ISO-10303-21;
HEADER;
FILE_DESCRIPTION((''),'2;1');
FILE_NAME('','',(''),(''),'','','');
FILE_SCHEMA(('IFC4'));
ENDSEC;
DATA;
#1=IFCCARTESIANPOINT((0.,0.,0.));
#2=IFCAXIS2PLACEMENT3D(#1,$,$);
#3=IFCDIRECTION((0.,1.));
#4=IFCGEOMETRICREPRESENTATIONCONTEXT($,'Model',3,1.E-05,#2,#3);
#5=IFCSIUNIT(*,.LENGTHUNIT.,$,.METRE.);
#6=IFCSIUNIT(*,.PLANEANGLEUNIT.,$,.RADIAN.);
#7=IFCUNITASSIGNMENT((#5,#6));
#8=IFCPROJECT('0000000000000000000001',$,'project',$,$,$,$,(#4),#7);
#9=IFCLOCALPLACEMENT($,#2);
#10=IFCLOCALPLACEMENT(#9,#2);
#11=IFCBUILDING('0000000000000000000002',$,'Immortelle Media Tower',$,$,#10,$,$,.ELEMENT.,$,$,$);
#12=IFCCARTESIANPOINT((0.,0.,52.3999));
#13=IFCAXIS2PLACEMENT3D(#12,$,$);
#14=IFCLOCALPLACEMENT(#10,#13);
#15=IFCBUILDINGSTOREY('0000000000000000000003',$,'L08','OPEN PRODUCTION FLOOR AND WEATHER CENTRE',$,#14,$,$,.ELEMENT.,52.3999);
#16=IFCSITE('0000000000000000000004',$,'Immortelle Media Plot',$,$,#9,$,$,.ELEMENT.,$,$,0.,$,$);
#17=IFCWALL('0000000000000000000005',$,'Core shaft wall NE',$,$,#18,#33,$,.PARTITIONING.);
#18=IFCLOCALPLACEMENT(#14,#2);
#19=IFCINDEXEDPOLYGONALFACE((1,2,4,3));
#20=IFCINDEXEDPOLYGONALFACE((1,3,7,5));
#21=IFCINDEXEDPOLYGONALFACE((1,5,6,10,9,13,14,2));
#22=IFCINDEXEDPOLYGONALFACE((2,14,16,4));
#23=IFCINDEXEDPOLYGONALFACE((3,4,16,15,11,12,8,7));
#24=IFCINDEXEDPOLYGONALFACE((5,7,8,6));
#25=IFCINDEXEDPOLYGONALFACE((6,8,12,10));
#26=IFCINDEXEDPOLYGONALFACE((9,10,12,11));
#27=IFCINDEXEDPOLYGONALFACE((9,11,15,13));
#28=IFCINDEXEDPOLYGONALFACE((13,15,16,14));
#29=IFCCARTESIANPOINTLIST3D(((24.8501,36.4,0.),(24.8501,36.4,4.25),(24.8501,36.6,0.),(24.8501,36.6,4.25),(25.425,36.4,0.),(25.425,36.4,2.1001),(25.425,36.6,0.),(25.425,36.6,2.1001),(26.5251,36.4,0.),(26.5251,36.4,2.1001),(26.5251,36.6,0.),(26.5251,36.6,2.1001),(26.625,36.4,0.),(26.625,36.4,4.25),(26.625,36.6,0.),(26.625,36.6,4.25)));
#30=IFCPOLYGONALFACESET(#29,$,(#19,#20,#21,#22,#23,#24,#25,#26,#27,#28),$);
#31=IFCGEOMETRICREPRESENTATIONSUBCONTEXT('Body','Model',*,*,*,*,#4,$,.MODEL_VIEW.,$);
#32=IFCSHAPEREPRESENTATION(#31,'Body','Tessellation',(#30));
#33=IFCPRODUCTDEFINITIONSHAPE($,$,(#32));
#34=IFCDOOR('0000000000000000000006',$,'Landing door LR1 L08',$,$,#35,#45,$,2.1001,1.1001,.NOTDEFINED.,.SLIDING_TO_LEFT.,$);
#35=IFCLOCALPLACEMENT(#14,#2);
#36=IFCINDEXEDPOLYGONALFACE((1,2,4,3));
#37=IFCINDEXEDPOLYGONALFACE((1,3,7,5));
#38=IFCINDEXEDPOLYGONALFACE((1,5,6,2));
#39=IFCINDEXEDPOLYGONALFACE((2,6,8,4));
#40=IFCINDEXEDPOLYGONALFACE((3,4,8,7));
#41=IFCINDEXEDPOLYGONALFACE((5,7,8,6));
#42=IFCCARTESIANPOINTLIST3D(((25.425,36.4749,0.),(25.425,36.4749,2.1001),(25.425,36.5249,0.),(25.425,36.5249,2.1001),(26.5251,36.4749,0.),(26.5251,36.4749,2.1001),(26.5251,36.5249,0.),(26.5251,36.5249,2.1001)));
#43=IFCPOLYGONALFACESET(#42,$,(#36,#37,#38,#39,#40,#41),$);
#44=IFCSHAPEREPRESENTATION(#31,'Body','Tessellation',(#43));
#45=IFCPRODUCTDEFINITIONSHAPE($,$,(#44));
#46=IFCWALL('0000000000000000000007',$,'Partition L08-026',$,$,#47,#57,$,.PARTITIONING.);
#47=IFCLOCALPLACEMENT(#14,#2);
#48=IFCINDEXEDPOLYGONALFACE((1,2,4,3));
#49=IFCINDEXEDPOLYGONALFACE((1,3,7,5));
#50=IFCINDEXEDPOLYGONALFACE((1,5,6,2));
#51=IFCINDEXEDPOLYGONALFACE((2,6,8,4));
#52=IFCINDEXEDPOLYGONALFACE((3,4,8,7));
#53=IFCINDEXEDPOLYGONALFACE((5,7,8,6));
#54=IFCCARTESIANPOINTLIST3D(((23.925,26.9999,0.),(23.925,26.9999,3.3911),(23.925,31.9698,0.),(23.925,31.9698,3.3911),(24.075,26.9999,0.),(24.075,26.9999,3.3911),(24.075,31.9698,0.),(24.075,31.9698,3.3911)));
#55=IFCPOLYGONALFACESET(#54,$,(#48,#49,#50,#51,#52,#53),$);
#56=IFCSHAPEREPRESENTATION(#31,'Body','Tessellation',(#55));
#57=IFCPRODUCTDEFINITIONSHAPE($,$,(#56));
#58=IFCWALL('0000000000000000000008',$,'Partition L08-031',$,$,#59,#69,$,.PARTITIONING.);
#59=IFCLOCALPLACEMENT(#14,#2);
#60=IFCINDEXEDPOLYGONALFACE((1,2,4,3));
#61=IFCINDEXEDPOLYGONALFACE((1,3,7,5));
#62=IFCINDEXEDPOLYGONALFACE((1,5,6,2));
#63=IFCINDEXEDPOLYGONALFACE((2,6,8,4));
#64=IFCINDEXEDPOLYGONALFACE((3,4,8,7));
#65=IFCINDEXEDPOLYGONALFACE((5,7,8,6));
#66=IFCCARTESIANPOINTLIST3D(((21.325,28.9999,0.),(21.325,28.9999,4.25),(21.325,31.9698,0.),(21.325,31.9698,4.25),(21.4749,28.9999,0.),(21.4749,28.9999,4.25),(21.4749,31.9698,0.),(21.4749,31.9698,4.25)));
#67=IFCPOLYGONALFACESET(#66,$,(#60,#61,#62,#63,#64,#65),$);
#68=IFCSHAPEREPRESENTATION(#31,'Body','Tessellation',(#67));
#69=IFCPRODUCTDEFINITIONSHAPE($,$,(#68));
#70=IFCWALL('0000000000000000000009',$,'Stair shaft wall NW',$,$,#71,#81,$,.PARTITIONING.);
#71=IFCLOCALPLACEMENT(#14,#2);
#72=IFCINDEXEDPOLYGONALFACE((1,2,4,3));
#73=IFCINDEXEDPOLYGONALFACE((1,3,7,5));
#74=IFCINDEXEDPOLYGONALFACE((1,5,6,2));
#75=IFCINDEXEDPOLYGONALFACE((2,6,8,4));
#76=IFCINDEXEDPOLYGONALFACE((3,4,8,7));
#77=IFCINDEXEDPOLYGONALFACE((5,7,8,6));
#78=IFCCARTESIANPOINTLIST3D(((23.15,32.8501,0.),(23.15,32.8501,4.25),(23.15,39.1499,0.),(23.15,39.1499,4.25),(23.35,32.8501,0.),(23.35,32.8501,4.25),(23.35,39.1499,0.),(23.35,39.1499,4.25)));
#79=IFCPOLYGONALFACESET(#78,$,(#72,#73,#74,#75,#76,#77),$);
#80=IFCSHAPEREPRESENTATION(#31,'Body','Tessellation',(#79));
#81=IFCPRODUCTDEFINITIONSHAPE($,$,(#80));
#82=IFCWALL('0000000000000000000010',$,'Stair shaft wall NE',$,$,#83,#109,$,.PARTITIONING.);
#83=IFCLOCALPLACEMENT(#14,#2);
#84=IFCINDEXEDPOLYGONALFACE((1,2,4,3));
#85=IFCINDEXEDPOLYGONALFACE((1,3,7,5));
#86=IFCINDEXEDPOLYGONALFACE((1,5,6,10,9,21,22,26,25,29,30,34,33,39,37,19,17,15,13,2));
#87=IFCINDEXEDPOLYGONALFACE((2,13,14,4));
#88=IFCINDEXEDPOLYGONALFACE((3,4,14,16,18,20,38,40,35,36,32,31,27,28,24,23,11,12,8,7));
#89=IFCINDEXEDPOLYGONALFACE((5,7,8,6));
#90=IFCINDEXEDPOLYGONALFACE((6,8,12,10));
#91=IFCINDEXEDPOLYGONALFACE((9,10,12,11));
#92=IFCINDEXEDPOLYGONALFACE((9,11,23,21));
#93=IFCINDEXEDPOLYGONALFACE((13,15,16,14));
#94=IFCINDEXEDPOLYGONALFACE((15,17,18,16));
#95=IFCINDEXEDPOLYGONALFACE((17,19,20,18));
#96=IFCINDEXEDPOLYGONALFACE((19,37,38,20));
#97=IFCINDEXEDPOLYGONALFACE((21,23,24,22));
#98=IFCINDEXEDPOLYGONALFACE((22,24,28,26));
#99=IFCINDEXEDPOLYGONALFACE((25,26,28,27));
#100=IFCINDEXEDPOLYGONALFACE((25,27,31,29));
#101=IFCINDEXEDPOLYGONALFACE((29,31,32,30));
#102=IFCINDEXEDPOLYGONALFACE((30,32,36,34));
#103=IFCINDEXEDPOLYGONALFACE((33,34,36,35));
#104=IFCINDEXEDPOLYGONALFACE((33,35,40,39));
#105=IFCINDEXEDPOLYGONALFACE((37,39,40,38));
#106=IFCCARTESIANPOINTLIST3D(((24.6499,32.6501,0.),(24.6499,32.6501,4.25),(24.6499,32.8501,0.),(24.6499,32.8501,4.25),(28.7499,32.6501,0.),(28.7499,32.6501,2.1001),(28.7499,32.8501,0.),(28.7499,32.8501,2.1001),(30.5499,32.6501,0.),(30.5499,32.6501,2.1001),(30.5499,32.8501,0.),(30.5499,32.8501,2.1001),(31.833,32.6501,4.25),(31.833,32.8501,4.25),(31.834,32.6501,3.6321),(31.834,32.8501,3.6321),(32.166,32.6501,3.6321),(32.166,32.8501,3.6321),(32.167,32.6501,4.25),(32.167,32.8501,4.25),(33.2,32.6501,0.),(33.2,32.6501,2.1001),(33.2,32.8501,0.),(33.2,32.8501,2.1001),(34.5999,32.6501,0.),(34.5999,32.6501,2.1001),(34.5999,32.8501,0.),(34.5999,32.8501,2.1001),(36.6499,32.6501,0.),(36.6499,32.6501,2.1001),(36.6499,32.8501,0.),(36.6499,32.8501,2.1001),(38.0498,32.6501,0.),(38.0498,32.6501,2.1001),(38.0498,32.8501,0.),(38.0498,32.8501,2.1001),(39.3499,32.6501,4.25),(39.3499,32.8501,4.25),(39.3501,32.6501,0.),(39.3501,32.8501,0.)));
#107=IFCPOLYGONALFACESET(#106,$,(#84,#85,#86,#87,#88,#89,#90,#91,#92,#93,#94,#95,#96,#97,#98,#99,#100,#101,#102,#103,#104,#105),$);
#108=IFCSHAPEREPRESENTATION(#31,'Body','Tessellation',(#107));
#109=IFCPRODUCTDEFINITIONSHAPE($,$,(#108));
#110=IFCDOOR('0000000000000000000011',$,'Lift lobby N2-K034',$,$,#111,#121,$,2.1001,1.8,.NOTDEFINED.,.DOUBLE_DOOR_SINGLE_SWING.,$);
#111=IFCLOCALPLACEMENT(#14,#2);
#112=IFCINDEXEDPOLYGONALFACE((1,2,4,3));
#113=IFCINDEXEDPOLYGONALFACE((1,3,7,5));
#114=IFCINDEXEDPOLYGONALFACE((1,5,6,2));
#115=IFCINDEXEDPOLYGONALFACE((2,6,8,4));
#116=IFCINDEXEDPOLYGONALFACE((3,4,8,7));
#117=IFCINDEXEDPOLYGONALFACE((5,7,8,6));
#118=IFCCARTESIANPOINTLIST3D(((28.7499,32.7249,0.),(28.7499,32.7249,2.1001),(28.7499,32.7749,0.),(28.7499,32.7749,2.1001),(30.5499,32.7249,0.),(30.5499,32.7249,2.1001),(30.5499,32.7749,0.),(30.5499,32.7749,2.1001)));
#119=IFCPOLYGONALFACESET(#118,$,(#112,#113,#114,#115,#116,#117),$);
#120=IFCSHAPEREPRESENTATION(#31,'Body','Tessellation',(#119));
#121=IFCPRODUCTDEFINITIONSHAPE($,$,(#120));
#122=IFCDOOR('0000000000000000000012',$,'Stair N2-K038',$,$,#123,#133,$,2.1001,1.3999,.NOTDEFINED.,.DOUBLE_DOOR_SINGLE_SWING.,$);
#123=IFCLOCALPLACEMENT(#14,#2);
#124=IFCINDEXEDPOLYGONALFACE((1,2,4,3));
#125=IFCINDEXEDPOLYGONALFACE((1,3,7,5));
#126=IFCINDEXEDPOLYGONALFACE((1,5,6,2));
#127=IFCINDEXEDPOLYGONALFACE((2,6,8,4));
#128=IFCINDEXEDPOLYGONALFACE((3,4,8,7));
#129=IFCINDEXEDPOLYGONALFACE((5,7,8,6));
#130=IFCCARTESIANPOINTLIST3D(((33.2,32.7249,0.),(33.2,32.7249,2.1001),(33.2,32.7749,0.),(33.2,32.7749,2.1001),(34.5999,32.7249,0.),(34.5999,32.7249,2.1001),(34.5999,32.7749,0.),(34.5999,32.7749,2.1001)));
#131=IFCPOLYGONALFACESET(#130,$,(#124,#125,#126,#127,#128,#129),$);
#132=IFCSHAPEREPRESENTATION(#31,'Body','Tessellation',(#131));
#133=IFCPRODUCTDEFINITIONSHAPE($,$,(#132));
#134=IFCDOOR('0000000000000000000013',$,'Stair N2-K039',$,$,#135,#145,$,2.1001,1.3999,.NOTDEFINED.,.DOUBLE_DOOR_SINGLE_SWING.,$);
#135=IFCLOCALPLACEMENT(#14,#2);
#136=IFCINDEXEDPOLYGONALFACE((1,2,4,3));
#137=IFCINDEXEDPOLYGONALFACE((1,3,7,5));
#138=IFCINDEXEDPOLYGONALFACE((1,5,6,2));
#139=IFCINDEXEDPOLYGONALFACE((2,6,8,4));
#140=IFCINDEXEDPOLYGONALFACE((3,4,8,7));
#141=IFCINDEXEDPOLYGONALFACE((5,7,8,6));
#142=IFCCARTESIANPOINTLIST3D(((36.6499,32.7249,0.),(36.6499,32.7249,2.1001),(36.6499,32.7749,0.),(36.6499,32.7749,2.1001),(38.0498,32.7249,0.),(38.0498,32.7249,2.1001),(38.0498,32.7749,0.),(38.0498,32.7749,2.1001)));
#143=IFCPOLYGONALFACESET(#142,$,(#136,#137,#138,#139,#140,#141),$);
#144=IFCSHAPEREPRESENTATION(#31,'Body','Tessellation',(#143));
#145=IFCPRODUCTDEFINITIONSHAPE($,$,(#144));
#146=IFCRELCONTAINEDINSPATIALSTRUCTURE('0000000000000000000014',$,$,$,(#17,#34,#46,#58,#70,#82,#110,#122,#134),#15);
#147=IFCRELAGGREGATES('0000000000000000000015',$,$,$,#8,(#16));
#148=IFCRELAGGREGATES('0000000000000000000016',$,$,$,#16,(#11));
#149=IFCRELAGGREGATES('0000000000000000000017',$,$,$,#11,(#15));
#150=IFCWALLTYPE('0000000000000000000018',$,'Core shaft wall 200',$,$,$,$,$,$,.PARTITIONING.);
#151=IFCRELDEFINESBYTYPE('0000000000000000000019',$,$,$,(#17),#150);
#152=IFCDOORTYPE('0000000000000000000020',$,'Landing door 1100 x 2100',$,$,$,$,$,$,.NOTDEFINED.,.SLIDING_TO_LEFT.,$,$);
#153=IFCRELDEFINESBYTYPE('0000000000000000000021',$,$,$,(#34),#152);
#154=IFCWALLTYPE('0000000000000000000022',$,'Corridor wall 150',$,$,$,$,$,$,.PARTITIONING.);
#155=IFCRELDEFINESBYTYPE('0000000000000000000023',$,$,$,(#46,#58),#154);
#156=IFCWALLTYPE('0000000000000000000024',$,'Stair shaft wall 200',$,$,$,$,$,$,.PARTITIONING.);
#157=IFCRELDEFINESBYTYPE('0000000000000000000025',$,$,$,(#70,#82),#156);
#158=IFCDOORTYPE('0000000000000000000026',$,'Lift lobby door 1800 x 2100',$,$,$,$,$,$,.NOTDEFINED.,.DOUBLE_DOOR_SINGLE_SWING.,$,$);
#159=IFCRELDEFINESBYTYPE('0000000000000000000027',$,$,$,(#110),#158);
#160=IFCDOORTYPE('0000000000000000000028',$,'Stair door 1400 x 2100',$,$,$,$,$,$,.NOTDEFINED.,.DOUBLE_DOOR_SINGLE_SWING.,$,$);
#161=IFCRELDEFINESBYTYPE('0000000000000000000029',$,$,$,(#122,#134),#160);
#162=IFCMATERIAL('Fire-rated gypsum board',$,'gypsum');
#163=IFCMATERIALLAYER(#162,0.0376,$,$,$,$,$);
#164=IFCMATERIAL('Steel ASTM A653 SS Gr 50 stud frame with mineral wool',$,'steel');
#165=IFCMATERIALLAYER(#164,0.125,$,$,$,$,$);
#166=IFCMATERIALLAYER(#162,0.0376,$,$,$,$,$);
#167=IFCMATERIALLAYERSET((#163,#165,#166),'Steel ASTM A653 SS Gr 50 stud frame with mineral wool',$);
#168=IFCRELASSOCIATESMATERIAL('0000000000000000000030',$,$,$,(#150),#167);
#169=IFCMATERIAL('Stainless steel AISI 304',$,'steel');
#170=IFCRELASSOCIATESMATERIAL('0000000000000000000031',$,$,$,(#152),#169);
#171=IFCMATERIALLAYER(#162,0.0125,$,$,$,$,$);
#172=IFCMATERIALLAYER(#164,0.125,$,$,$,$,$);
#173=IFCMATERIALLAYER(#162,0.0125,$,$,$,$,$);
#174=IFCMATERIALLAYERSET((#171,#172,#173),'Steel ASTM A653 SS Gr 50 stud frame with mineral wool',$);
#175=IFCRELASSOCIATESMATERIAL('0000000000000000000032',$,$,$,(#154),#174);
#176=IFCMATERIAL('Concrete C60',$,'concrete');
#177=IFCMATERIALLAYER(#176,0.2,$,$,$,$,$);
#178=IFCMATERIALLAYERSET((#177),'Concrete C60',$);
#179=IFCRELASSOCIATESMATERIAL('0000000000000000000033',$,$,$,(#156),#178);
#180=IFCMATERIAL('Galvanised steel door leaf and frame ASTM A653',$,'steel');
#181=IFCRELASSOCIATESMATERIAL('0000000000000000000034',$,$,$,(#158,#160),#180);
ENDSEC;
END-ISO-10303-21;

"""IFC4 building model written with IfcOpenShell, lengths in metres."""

from ifc_helpers import new_model, si_unit, direction, frame, frame_2d, origin, place, context, subcontext, project, spatial, polyline, rectangle, outline, extrude, material, layer, layer_set, type_object, element, fill, save


model = new_model("IFC4")

# Units and contexts
model_context = context("Model", 3, precision=1e-05, world=origin(), true_north=direction((0.0, 1.0)))
body_context = subcontext(model_context, "Body", "Model", "MODEL_VIEW")
ifc_project = project(units=[si_unit("LENGTHUNIT", "METRE"), si_unit("PLANEANGLEUNIT", "RADIAN")], contexts=[model_context])

# Site, building, storey
site_placement = place(None, origin())
site = spatial("IfcSite", under=ifc_project, at=site_placement, Name="Immortelle Media Plot", CompositionType="ELEMENT", RefElevation=0.0)
building_placement = place(site_placement, origin())
building = spatial("IfcBuilding", under=site, at=building_placement, Name="Immortelle Media Tower", CompositionType="ELEMENT")
storey_placement = place(building_placement, frame((0.0, 0.0, 52.3999)))
storey = spatial("IfcBuildingStorey", under=building, at=storey_placement, Name="L08", Description="OPEN PRODUCTION FLOOR AND WEATHER CENTRE", CompositionType="ELEMENT", Elevation=52.3999)

# Shared definitions
ifc_material_1 = material(Name="Fire-rated gypsum board", Category="gypsum")
ifc_material_2 = material(Name="Steel ASTM A653 SS Gr 50 stud frame with mineral wool", Category="steel")
ifc_layer_1 = layer(ifc_material_1, 0.0376)
ifc_layer_2 = layer(ifc_material_2, 0.125)
ifc_layer_3 = layer(ifc_material_1, 0.0376)
ifc_layer_set_1 = layer_set([ifc_layer_1, ifc_layer_2, ifc_layer_3], Name="Steel ASTM A653 SS Gr 50 stud frame with mineral wool")
wall_type_1 = type_object("IfcWallType", Name="Core shaft wall 200", PredefinedType="PARTITIONING", material=ifc_layer_set_1)

# Wall, opening, door
wall_1_placement = place(storey_placement, frame((24.8501, 36.5, 0.0), z_axis=(0.0, 0.0, 1.0), x_axis=(1.0, 0.0, 0.0)))
wall_1 = element("IfcWall", 1, at=wall_1_placement, inside=storey, type_object=wall_type_1, Name="Core shaft wall NE", PredefinedType="PARTITIONING", context=body_context, shape_type="SweptSolid", body=[
    extrude(rectangle(XDim=1.7749, YDim=0.2, at=frame_2d((0.8875, 0.0))), origin(), (0.0, 0.0, 1.0), 4.25),
])
opening_1_placement = place(wall_1_placement, frame((0.575, 0.0, 0.0)))
opening_1 = element("IfcOpeningElement", 2, at=opening_1_placement, cuts=wall_1, PredefinedType="OPENING", context=body_context, shape_type="SweptSolid", body=[
    extrude(rectangle(XDim=1.1001, YDim=2.1001, at=frame_2d((0.55, 1.05))), frame((0.0, 0.1099, 0.0), z_axis=(0.0, -1.0, 0.0), x_axis=(1.0, 0.0, 0.0)), (0.0, 0.0, 1.0), 0.22),
])
ifc_material_3 = material(Name="Stainless steel AISI 304", Category="steel")
door_type_1 = type_object("IfcDoorType", Name="Landing door 1100 x 2100", OperationType="SLIDING_TO_LEFT", PredefinedType="NOTDEFINED", material=ifc_material_3)
door_1_placement = place(opening_1_placement, origin())
door_1 = element("IfcDoor", 3, at=door_1_placement, inside=storey, type_object=door_type_1, Name="Landing door LR1 L08", OperationType="SLIDING_TO_LEFT", OverallHeight=2.1001, OverallWidth=1.1001, PredefinedType="NOTDEFINED", context=body_context, shape_type="SweptSolid", body=[
    extrude(rectangle(XDim=1.1001, YDim=2.1001, at=frame_2d((0.55, 1.05))), frame((0.0, 0.0249, 0.0), z_axis=(0.0, -1.0, 0.0), x_axis=(1.0, 0.0, 0.0)), (0.0, 0.0, 1.0), 0.05),
])
fill(opening_1, door_1)

# Walls
ifc_layer_4 = layer(ifc_material_1, 0.0125)
ifc_layer_5 = layer(ifc_material_2, 0.125)
ifc_layer_6 = layer(ifc_material_1, 0.0125)
ifc_layer_set_2 = layer_set([ifc_layer_4, ifc_layer_5, ifc_layer_6], Name="Steel ASTM A653 SS Gr 50 stud frame with mineral wool")
wall_type_2 = type_object("IfcWallType", Name="Corridor wall 150", PredefinedType="PARTITIONING", material=ifc_layer_set_2)
wall_2_placement = place(storey_placement, frame((24.0, 27.0, 0.0), z_axis=(0.0, 0.0, 1.0), x_axis=(0.0, 1.0, 0.0)))
element("IfcWall", 4, at=wall_2_placement, inside=storey, type_object=wall_type_2, Name="Partition L08-026", PredefinedType="PARTITIONING", context=body_context, shape_type="SweptSolid", body=[
    extrude(rectangle(XDim=4.97, YDim=0.1499, at=frame_2d((2.4849, 0.0))), origin(), (0.0, 0.0, 1.0), 3.3911),
])
wall_3_placement = place(storey_placement, frame((21.3999, 29.0, 0.0), z_axis=(0.0, 0.0, 1.0), x_axis=(0.0, 1.0, 0.0)))
element("IfcWall", 5, at=wall_3_placement, inside=storey, type_object=wall_type_2, Name="Partition L08-031", PredefinedType="PARTITIONING", context=body_context, shape_type="SweptSolid", body=[
    extrude(rectangle(XDim=2.97, YDim=0.1499, at=frame_2d((1.4849, 0.0))), origin(), (0.0, 0.0, 1.0), 4.25),
])
ifc_material_4 = material(Name="Concrete C60", Category="concrete")
ifc_layer_7 = layer(ifc_material_4, 0.2)
ifc_layer_set_3 = layer_set([ifc_layer_7], Name="Concrete C60")
wall_type_3 = type_object("IfcWallType", Name="Stair shaft wall 200", PredefinedType="PARTITIONING", material=ifc_layer_set_3)
wall_4_placement = place(storey_placement, frame((23.25, 32.8501, 0.0), z_axis=(0.0, 0.0, 1.0), x_axis=(0.0, 1.0, 0.0)))
element("IfcWall", 6, at=wall_4_placement, inside=storey, type_object=wall_type_3, Name="Stair shaft wall NW", PredefinedType="PARTITIONING", context=body_context, shape_type="SweptSolid", body=[
    extrude(rectangle(XDim=6.2998, YDim=0.2, at=frame_2d((3.1499, 0.0))), origin(), (0.0, 0.0, 1.0), 4.25),
])

# Wall, openings, doors
wall_5_placement = place(storey_placement, frame((24.6499, 32.75, 0.0), z_axis=(0.0, 0.0, 1.0), x_axis=(1.0, 0.0, 0.0)))
wall_5 = element("IfcWall", 7, at=wall_5_placement, inside=storey, type_object=wall_type_3, Name="Stair shaft wall NE", PredefinedType="PARTITIONING", context=body_context, shape_type="SweptSolid", body=[
    extrude(outline(polyline([(0.0, 0.0), (14.7002, 0.0), (14.7, 4.25), (7.5171, 4.25), (7.5161, 3.6321), (7.1841, 3.6321), (7.1831, 4.25), (0.0, 4.25), (0.0, 0.0)])), frame((0.0, 0.1001, 0.0), z_axis=(0.0, -1.0, 0.0), x_axis=(1.0, 0.0, 0.0)), (0.0, 0.0, 1.0), 0.2),
])
opening_2_placement = place(wall_5_placement, frame((4.1001, 0.0, 0.0)))
opening_2 = element("IfcOpeningElement", 8, at=opening_2_placement, cuts=wall_5, PredefinedType="OPENING", context=body_context, shape_type="SweptSolid", body=[
    extrude(rectangle(XDim=1.8, YDim=2.1001, at=frame_2d((0.8999, 1.05))), frame((0.0, 0.1099, 0.0), z_axis=(0.0, -1.0, 0.0), x_axis=(1.0, 0.0, 0.0)), (0.0, 0.0, 1.0), 0.22),
])
opening_3_placement = place(wall_5_placement, frame((8.55, 0.0, 0.0)))
opening_3 = element("IfcOpeningElement", 9, at=opening_3_placement, cuts=wall_5, PredefinedType="OPENING", context=body_context, shape_type="SweptSolid", body=[
    extrude(rectangle(XDim=1.3999, YDim=2.1001, at=frame_2d((0.7, 1.05))), frame((0.0, 0.1099, 0.0), z_axis=(0.0, -1.0, 0.0), x_axis=(1.0, 0.0, 0.0)), (0.0, 0.0, 1.0), 0.22),
])
opening_4_placement = place(wall_5_placement, frame((12.0, 0.0, 0.0)))
opening_4 = element("IfcOpeningElement", 10, at=opening_4_placement, cuts=wall_5, PredefinedType="OPENING", context=body_context, shape_type="SweptSolid", body=[
    extrude(rectangle(XDim=1.3999, YDim=2.1001, at=frame_2d((0.7, 1.05))), frame((0.0, 0.1099, 0.0), z_axis=(0.0, -1.0, 0.0), x_axis=(1.0, 0.0, 0.0)), (0.0, 0.0, 1.0), 0.22),
])
ifc_material_5 = material(Name="Galvanised steel door leaf and frame ASTM A653", Category="steel")
door_type_2 = type_object("IfcDoorType", Name="Lift lobby door 1800 x 2100", OperationType="DOUBLE_DOOR_SINGLE_SWING", PredefinedType="NOTDEFINED", material=ifc_material_5)
door_2_placement = place(opening_2_placement, origin())
door_2 = element("IfcDoor", 11, at=door_2_placement, inside=storey, type_object=door_type_2, Name="Lift lobby N2-K034", OperationType="DOUBLE_DOOR_SINGLE_SWING", OverallHeight=2.1001, OverallWidth=1.8, PredefinedType="NOTDEFINED", context=body_context, shape_type="SweptSolid", body=[
    extrude(rectangle(XDim=1.8, YDim=2.1001, at=frame_2d((0.8999, 1.05))), frame((0.0, 0.0249, 0.0), z_axis=(0.0, -1.0, 0.0), x_axis=(1.0, 0.0, 0.0)), (0.0, 0.0, 1.0), 0.05),
])
fill(opening_2, door_2)
door_type_3 = type_object("IfcDoorType", Name="Stair door 1400 x 2100", OperationType="DOUBLE_DOOR_SINGLE_SWING", PredefinedType="NOTDEFINED", material=ifc_material_5)
door_3_placement = place(opening_3_placement, origin())
door_3 = element("IfcDoor", 12, at=door_3_placement, inside=storey, type_object=door_type_3, Name="Stair N2-K038", OperationType="DOUBLE_DOOR_SINGLE_SWING", OverallHeight=2.1001, OverallWidth=1.3999, PredefinedType="NOTDEFINED", context=body_context, shape_type="SweptSolid", body=[
    extrude(rectangle(XDim=1.3999, YDim=2.1001, at=frame_2d((0.7, 1.05))), frame((0.0, 0.0249, 0.0), z_axis=(0.0, -1.0, 0.0), x_axis=(1.0, 0.0, 0.0)), (0.0, 0.0, 1.0), 0.05),
])
fill(opening_3, door_3)
door_4_placement = place(opening_4_placement, origin())
door_4 = element("IfcDoor", 13, at=door_4_placement, inside=storey, type_object=door_type_3, Name="Stair N2-K039", OperationType="DOUBLE_DOOR_SINGLE_SWING", OverallHeight=2.1001, OverallWidth=1.3999, PredefinedType="NOTDEFINED", context=body_context, shape_type="SweptSolid", body=[
    extrude(rectangle(XDim=1.3999, YDim=2.1001, at=frame_2d((0.7, 1.05))), frame((0.0, 0.0249, 0.0), z_axis=(0.0, -1.0, 0.0), x_axis=(1.0, 0.0, 0.0)), (0.0, 0.0, 1.0), 0.05),
])
fill(opening_4, door_4)

save(model, "model.ifc")
